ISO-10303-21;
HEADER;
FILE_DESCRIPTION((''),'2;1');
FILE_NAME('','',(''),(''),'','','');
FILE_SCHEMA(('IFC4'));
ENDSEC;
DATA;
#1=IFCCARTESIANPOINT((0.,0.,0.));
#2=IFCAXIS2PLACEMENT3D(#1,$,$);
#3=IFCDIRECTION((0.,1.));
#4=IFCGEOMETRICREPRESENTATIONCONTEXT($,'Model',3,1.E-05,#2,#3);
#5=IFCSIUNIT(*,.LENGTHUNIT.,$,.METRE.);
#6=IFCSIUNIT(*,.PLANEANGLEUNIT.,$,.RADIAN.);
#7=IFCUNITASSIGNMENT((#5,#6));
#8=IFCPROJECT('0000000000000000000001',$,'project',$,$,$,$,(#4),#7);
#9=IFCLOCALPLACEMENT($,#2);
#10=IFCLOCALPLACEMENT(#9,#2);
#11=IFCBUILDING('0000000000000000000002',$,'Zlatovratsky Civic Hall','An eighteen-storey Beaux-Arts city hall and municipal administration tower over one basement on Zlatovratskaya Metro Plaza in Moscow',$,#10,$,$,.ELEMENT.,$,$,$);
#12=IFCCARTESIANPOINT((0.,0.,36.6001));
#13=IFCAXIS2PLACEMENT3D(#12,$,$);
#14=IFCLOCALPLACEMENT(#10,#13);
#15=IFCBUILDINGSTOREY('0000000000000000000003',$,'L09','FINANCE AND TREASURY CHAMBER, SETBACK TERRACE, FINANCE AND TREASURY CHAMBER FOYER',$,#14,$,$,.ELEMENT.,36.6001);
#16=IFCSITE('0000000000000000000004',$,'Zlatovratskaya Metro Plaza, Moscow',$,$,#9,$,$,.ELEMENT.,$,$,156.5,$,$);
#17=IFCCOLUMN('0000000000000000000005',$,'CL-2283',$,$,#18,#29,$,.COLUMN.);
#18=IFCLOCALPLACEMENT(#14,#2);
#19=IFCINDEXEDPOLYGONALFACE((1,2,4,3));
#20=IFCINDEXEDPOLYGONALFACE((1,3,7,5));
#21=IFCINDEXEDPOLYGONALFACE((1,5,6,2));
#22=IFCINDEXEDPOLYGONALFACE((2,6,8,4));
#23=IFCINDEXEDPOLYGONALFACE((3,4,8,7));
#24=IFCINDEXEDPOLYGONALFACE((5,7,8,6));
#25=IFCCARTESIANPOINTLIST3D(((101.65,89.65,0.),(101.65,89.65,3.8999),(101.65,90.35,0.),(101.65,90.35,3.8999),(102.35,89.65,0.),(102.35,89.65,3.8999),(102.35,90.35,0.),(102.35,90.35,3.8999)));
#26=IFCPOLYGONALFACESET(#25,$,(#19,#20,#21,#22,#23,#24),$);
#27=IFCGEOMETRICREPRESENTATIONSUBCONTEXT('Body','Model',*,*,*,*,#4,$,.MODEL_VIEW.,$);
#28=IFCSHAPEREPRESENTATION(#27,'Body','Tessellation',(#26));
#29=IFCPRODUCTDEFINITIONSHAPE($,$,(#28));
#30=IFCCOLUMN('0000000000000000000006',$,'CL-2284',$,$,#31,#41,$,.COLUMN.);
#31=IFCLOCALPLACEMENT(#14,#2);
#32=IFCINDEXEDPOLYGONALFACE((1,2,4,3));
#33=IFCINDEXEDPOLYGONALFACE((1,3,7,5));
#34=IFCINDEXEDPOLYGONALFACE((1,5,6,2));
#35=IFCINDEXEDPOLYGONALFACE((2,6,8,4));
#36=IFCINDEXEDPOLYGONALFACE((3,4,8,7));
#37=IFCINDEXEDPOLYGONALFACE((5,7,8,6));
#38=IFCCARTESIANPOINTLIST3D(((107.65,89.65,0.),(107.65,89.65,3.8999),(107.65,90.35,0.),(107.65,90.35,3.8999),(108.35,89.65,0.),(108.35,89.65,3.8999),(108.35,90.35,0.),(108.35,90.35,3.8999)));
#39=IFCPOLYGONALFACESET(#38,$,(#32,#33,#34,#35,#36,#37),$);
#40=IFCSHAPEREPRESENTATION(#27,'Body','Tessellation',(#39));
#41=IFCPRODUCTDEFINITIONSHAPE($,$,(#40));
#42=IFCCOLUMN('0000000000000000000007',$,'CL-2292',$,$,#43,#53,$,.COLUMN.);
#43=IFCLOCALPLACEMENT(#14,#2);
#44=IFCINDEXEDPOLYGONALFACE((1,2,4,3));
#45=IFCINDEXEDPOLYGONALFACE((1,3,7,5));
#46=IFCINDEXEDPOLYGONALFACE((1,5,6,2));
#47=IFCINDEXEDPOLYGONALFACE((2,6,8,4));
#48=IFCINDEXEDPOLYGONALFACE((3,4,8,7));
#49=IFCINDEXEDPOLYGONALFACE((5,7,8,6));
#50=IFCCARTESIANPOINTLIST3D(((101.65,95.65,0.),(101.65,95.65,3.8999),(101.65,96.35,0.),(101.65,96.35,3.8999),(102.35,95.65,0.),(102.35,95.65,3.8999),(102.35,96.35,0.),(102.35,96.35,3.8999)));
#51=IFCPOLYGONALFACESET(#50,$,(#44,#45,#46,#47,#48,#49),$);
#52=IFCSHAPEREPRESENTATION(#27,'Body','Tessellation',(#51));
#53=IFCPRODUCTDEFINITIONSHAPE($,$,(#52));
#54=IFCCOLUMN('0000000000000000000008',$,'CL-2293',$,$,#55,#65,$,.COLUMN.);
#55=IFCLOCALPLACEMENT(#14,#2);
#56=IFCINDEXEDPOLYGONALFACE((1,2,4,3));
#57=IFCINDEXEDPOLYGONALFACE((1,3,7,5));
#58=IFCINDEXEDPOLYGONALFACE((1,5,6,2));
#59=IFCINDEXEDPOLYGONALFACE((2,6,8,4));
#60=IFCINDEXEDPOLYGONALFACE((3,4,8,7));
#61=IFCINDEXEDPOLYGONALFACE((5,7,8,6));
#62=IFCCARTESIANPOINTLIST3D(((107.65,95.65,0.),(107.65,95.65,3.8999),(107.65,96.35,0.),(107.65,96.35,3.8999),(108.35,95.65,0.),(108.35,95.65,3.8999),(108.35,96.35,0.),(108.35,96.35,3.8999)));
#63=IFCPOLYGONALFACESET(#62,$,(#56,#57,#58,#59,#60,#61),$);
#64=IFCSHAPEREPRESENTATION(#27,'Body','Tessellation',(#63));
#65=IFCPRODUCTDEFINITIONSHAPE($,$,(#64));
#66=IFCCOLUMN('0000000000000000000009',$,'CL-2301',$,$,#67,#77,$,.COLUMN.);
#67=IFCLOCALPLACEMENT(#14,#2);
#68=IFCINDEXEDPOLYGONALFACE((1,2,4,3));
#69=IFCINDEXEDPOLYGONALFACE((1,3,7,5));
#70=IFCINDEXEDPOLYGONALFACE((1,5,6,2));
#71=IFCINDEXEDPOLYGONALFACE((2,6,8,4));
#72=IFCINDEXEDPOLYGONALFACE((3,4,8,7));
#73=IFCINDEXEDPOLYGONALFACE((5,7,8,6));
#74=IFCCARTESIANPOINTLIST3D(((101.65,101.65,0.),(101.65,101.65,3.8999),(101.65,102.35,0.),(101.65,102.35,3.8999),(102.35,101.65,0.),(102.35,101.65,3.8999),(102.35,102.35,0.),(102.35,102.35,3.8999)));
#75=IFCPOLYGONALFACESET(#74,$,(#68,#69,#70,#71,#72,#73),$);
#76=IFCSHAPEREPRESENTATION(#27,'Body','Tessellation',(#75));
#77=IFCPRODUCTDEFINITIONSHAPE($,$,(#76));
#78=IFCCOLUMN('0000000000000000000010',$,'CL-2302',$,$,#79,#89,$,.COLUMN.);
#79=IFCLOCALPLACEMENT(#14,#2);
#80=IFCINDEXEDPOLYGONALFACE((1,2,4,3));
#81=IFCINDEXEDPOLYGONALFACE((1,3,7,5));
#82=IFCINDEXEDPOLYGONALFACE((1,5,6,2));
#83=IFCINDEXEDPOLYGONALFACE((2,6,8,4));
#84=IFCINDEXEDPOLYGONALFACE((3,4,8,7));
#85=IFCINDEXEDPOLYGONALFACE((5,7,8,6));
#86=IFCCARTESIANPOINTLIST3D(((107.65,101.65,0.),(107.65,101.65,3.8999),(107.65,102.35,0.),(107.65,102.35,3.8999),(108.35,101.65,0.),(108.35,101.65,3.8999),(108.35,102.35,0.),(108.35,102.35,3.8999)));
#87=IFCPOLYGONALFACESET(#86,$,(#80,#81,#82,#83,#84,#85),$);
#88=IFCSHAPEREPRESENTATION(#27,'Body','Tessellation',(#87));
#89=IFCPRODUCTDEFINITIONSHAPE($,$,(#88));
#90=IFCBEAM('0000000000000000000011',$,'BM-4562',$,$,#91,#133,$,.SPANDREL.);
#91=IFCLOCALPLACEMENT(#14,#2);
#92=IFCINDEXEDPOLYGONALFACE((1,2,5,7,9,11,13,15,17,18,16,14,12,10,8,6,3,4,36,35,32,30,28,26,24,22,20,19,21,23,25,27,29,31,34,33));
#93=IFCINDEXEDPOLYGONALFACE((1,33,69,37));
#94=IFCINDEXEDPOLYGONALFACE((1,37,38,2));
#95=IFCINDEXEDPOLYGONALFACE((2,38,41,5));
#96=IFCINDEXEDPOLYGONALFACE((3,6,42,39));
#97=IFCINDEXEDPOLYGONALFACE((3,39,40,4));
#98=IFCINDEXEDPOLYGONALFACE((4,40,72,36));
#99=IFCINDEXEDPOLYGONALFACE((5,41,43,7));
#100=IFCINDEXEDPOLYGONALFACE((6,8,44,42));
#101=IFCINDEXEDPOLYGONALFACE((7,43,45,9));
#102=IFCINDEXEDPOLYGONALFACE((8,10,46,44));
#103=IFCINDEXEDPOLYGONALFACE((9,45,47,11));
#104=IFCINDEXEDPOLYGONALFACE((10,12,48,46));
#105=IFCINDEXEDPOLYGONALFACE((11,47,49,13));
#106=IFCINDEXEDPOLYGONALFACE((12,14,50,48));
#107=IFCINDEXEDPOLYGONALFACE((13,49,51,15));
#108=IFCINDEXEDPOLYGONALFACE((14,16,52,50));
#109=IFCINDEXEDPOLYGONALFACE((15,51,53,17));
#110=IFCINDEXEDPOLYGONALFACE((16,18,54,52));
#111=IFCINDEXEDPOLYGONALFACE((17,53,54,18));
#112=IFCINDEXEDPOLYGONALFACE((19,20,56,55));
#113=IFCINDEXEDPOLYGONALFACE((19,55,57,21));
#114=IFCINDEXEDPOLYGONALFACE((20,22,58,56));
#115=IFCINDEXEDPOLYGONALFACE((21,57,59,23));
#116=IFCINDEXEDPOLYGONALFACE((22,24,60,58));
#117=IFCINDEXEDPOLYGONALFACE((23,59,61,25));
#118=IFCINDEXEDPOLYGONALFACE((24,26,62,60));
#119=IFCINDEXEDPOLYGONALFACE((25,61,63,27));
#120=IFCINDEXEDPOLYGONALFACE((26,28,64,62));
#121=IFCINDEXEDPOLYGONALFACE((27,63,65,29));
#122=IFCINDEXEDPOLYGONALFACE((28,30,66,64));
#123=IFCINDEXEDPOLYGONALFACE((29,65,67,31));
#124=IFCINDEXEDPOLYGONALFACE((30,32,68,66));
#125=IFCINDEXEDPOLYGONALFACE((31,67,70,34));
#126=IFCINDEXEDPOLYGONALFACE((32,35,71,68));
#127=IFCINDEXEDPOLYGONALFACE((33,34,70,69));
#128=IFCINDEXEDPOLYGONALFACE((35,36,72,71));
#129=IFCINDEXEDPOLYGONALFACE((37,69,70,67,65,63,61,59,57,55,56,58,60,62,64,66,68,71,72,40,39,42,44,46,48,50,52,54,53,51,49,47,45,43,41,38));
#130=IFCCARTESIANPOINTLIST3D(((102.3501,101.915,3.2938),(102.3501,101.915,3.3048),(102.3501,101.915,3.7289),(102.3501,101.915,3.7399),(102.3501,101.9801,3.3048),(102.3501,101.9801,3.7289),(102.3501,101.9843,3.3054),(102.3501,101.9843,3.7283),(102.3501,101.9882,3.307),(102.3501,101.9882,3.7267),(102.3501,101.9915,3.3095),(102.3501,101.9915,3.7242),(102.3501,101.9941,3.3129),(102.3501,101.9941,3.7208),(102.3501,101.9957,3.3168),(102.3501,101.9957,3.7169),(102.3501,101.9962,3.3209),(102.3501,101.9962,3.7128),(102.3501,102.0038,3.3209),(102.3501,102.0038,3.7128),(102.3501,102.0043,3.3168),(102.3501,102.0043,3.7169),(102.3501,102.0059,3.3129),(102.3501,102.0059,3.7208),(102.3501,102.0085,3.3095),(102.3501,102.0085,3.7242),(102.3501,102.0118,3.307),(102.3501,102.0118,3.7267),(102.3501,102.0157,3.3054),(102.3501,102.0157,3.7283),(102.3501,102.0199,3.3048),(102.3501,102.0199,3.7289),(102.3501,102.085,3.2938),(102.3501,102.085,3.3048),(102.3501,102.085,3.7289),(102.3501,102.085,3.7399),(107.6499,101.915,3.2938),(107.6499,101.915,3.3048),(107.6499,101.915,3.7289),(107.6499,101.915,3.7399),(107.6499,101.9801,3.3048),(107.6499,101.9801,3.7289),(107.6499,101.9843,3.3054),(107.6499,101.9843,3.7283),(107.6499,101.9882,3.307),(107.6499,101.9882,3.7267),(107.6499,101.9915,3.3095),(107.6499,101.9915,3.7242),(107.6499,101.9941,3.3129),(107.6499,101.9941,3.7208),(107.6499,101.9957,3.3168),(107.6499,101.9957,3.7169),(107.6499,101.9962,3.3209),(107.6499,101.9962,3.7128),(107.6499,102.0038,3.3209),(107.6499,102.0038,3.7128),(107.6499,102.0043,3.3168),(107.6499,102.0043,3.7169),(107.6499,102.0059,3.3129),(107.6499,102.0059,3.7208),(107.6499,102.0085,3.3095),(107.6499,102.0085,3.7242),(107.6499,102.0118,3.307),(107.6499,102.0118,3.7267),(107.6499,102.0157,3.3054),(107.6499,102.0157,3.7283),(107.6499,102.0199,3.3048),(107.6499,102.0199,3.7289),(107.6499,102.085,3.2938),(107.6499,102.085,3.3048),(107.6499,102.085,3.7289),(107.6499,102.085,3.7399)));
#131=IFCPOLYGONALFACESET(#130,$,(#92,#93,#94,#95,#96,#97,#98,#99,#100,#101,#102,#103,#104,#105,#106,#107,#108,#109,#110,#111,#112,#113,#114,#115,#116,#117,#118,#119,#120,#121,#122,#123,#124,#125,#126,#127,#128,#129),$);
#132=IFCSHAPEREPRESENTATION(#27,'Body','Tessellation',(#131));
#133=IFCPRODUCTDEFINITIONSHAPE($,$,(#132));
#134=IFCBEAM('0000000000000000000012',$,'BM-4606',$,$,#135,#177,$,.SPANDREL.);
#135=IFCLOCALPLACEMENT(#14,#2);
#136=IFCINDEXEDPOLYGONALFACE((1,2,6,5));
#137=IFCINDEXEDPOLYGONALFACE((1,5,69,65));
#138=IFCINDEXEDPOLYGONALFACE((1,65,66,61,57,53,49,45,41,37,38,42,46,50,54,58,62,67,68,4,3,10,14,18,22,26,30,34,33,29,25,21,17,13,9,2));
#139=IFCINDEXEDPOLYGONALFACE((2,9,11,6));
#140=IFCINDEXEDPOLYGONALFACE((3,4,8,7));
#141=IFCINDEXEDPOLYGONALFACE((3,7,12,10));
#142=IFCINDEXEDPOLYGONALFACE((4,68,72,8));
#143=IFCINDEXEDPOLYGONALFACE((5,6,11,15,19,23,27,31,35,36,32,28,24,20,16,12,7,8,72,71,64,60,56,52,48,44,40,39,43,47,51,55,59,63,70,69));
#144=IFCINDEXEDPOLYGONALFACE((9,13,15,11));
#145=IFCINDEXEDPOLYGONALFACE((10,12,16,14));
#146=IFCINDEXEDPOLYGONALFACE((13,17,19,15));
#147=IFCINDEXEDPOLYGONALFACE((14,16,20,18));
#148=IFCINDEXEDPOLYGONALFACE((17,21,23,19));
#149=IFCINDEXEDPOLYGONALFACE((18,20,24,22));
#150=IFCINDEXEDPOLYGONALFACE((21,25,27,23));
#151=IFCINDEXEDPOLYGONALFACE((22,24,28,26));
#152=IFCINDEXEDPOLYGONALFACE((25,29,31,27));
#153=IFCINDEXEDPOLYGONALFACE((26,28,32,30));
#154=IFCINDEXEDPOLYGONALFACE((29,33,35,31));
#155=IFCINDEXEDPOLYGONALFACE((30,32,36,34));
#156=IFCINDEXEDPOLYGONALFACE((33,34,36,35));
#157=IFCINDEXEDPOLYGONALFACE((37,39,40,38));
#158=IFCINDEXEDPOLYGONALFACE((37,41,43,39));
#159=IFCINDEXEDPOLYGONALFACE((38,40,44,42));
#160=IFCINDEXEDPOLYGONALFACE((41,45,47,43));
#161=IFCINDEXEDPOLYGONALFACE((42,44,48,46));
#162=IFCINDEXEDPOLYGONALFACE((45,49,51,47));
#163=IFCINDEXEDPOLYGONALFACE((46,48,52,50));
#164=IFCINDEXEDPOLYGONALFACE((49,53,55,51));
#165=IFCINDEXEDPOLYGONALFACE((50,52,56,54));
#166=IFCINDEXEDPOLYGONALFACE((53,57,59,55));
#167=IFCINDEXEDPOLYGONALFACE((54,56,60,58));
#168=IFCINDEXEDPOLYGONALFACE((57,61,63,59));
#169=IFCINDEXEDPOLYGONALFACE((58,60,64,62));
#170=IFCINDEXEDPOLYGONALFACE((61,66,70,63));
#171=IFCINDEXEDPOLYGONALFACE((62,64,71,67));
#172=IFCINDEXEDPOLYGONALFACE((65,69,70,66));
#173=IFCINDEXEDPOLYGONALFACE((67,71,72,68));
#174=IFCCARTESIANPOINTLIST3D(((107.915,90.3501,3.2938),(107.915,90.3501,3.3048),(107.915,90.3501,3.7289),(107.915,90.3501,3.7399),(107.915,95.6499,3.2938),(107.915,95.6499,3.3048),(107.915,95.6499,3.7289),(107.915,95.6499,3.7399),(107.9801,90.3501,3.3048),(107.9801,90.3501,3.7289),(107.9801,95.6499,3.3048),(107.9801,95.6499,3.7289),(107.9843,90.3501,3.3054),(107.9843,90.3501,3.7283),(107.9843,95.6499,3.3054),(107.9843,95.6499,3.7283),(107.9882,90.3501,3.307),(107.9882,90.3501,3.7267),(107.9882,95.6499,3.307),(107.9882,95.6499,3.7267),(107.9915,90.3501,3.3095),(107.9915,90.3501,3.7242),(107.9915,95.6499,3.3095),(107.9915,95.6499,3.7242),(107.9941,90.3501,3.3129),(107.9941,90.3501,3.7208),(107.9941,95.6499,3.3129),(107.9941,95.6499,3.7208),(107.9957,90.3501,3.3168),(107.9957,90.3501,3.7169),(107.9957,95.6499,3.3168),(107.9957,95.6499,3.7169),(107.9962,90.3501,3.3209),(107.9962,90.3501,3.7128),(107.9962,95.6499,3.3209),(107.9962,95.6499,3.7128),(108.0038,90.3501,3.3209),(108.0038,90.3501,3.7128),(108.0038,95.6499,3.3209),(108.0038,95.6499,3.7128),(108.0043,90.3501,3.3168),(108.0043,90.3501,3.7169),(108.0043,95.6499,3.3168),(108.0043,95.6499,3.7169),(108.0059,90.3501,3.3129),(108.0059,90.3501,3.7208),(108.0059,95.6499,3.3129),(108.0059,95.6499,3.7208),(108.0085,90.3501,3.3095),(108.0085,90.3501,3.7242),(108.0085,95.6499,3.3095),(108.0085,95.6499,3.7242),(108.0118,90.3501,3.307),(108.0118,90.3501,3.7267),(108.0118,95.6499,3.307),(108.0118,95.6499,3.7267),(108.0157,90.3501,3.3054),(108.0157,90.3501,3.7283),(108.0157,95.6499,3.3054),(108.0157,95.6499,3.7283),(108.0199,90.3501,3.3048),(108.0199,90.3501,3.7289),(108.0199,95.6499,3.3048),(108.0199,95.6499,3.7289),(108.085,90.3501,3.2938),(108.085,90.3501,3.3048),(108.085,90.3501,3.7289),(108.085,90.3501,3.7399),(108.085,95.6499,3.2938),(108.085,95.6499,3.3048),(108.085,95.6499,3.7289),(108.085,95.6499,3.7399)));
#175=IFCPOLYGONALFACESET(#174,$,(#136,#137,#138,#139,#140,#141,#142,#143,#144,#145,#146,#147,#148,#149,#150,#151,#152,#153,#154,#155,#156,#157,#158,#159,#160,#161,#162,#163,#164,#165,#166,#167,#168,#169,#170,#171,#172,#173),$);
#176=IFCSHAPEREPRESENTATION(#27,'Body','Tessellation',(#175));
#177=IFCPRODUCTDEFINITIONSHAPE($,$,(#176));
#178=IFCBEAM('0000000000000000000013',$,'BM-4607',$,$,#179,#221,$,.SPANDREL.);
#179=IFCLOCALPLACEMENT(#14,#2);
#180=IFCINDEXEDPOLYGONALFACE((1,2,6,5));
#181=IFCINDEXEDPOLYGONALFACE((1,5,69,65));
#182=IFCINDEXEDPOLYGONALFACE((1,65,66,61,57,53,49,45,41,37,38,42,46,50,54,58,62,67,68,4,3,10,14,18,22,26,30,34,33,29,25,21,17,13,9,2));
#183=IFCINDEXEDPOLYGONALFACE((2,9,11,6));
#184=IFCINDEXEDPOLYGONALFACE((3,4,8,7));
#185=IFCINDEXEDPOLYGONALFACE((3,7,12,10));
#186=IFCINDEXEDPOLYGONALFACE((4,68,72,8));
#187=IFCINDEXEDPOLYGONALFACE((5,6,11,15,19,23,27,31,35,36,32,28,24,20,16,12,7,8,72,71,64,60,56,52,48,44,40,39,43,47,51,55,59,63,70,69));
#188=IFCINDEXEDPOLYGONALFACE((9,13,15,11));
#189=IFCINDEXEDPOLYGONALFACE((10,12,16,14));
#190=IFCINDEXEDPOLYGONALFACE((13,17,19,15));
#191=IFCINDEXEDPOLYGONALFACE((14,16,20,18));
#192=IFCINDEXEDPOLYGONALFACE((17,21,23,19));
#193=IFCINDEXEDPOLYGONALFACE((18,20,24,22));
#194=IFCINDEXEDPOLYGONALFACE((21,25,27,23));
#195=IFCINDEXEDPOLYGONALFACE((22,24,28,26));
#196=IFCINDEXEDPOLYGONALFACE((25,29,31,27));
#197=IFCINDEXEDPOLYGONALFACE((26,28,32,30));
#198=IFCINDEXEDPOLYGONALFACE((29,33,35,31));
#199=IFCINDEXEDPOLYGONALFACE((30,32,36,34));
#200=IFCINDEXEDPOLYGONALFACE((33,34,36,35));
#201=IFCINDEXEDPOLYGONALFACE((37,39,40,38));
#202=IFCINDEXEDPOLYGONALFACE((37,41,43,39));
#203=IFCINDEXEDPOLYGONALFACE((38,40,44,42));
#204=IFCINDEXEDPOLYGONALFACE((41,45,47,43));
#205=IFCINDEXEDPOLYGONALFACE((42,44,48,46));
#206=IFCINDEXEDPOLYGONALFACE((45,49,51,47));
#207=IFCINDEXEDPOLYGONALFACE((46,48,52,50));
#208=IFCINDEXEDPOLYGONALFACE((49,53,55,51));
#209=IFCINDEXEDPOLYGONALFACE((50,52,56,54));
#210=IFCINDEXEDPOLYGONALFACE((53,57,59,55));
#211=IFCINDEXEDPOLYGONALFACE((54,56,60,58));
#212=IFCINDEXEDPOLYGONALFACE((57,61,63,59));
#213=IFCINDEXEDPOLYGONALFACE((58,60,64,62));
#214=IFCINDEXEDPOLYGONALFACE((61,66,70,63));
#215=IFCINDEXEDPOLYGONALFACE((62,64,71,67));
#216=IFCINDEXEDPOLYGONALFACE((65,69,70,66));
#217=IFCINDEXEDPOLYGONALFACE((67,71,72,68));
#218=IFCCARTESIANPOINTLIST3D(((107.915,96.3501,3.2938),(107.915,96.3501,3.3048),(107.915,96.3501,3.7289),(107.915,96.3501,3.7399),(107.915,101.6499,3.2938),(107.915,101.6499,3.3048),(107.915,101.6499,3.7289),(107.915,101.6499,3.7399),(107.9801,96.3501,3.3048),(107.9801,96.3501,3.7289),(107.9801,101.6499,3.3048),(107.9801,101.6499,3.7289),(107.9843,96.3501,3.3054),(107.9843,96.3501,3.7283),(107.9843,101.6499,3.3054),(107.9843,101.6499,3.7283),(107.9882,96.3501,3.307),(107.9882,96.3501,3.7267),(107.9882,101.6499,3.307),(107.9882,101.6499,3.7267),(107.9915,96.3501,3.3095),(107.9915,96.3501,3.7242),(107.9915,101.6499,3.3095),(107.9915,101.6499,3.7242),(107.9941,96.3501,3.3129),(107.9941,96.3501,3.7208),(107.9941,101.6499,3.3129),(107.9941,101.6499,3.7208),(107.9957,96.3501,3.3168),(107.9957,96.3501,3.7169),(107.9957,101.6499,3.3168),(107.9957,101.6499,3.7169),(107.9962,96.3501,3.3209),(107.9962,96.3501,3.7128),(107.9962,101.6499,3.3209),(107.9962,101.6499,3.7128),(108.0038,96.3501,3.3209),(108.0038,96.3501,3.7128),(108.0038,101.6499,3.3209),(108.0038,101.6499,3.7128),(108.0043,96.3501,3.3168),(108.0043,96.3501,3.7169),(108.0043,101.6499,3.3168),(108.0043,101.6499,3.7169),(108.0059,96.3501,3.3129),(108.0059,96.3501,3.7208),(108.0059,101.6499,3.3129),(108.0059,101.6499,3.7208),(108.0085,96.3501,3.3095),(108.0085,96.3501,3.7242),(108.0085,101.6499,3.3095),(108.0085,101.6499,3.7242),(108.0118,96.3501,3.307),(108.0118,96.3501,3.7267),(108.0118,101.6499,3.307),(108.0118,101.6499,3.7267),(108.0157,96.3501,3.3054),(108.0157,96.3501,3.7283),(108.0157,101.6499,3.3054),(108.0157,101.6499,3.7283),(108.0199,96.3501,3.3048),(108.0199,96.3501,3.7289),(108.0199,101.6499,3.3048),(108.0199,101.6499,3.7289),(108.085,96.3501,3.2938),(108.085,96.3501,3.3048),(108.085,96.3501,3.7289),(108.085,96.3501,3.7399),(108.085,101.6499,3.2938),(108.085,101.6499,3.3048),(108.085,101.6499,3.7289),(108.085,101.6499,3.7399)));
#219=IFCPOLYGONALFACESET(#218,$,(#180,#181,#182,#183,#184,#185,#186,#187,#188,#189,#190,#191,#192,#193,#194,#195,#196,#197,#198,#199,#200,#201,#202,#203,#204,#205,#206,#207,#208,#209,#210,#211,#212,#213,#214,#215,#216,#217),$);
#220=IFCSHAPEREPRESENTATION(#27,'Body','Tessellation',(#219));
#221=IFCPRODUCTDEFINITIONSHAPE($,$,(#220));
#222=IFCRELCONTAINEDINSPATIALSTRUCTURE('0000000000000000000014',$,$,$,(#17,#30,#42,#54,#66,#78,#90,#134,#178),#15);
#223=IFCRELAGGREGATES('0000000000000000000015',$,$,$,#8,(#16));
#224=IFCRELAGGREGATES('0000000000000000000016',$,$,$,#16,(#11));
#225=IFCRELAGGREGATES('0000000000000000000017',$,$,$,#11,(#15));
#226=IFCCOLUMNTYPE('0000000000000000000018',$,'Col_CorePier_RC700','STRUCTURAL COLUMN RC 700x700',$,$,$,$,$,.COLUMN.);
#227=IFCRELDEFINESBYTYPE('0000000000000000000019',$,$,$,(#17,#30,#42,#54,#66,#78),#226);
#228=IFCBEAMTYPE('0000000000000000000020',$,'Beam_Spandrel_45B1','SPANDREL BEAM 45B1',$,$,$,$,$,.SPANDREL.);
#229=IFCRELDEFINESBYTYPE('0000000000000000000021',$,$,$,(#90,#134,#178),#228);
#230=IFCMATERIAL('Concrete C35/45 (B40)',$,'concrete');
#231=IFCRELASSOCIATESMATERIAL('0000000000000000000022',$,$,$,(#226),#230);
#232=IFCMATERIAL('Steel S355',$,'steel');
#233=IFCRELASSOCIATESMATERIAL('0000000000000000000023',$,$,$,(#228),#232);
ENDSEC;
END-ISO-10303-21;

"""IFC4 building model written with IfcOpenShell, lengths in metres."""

from ifc_helpers import new_model, si_unit, direction, frame, origin, origin_2d, place, context, subcontext, project, spatial, rectangle, i_section, extrude, material, material_profile, profile_set, type_object, element, save


model = new_model("IFC4")

# Units and contexts
model_context = context("Model", 3, precision=1e-05, world=origin(), true_north=direction((0.0, 1.0)))
body_context = subcontext(model_context, "Body", "Model", "MODEL_VIEW")
ifc_project = project(units=[si_unit("LENGTHUNIT", "METRE"), si_unit("PLANEANGLEUNIT", "RADIAN")], contexts=[model_context])

# Site, building, storey
site_placement = place(None, origin())
site = spatial("IfcSite", under=ifc_project, at=site_placement, Name="Zlatovratskaya Metro Plaza, Moscow", CompositionType="ELEMENT", RefElevation=156.5)
building_placement = place(site_placement, origin())
building = spatial("IfcBuilding", under=site, at=building_placement, Name="Zlatovratsky Civic Hall", Description="An eighteen-storey Beaux-Arts city hall and municipal administration tower over one basement on Zlatovratskaya Metro Plaza in Moscow", CompositionType="ELEMENT")
storey_placement = place(building_placement, frame((0.0, 0.0, 36.6001)))
storey = spatial("IfcBuildingStorey", under=building, at=storey_placement, Name="L09", Description="FINANCE AND TREASURY CHAMBER, SETBACK TERRACE, FINANCE AND TREASURY CHAMBER FOYER", CompositionType="ELEMENT", Elevation=36.6001)

# Columns
ifc_material_1 = material(Name="Concrete C35/45 (B40)", Category="concrete")
ifc_material_profile_1 = material_profile(ifc_material_1, rectangle(XDim=0.7, YDim=0.7, at=origin_2d()), Name="RC 700x700")
ifc_profile_set_1 = profile_set([ifc_material_profile_1], Name="Concrete C35/45 (B40)")
column_type = type_object("IfcColumnType", Name="Col_CorePier_RC700", Description="STRUCTURAL COLUMN RC 700x700", PredefinedType="COLUMN", material=ifc_profile_set_1)
for number, where, z_axis, x_axis, name in (
    (1, (102.0, 90.0, 0.0), (0.0, 0.0, 1.0), (1.0, 0.0, 0.0), "CL-2283"),
    (2, (108.0, 90.0, 0.0), (0.0, 0.0, 1.0), (1.0, 0.0, 0.0), "CL-2284"),
    (3, (102.0, 96.0, 0.0), (0.0, 0.0, 1.0), (1.0, 0.0, 0.0), "CL-2292"),
    (4, (108.0, 96.0, 0.0), (0.0, 0.0, 1.0), (1.0, 0.0, 0.0), "CL-2293"),
    (5, (102.0, 102.0, 0.0), (0.0, 0.0, 1.0), (1.0, 0.0, 0.0), "CL-2301"),
    (6, (108.0, 102.0, 0.0), (0.0, 0.0, 1.0), (1.0, 0.0, 0.0), "CL-2302"),
):
    element("IfcColumn", number, at=place(storey_placement, frame(where, z_axis=z_axis, x_axis=x_axis)), inside=storey, type_object=column_type, Name=name, PredefinedType="COLUMN", context=body_context, shape_type="SweptSolid", body=[
        extrude(rectangle(XDim=0.7, YDim=0.7, at=origin_2d()), origin(), (0.0, 0.0, 1.0), 3.8999),
    ])

# Beams
ifc_material_2 = material(Name="Steel S355", Category="steel")
ifc_material_profile_2 = material_profile(ifc_material_2, i_section(OverallWidth=0.1699, OverallDepth=0.446, WebThickness=0.0076, FlangeThickness=0.011, FilletRadius=0.0161, at=origin_2d()), Name="45B1")
ifc_profile_set_2 = profile_set([ifc_material_profile_2], Name="Steel S355")
beam_type_1 = type_object("IfcBeamType", Name="Beam_Spandrel_45B1", Description="SPANDREL BEAM 45B1", PredefinedType="SPANDREL", material=ifc_profile_set_2)
for number, where, z_axis, x_axis, name in (
    (7, (102.3501, 102.0, 3.5168), (1.0, 0.0, 0.0), (0.0, 1.0, 0.0), "BM-4562"),
    (8, (108.0, 90.3501, 3.5168), (0.0, 1.0, 0.0), (-1.0, 0.0, 0.0), "BM-4606"),
    (9, (108.0, 96.3501, 3.5168), (0.0, 1.0, 0.0), (-1.0, 0.0, 0.0), "BM-4607"),
):
    element("IfcBeam", number, at=place(storey_placement, frame(where, z_axis=z_axis, x_axis=x_axis)), inside=storey, type_object=beam_type_1, Name=name, PredefinedType="SPANDREL", context=body_context, shape_type="SweptSolid", body=[
        extrude(i_section(OverallWidth=0.1699, OverallDepth=0.446, WebThickness=0.0076, FlangeThickness=0.011, FilletRadius=0.0161, at=origin_2d()), origin(), (0.0, 0.0, 1.0), 5.2998),
    ])

save(model, "model.ifc")
